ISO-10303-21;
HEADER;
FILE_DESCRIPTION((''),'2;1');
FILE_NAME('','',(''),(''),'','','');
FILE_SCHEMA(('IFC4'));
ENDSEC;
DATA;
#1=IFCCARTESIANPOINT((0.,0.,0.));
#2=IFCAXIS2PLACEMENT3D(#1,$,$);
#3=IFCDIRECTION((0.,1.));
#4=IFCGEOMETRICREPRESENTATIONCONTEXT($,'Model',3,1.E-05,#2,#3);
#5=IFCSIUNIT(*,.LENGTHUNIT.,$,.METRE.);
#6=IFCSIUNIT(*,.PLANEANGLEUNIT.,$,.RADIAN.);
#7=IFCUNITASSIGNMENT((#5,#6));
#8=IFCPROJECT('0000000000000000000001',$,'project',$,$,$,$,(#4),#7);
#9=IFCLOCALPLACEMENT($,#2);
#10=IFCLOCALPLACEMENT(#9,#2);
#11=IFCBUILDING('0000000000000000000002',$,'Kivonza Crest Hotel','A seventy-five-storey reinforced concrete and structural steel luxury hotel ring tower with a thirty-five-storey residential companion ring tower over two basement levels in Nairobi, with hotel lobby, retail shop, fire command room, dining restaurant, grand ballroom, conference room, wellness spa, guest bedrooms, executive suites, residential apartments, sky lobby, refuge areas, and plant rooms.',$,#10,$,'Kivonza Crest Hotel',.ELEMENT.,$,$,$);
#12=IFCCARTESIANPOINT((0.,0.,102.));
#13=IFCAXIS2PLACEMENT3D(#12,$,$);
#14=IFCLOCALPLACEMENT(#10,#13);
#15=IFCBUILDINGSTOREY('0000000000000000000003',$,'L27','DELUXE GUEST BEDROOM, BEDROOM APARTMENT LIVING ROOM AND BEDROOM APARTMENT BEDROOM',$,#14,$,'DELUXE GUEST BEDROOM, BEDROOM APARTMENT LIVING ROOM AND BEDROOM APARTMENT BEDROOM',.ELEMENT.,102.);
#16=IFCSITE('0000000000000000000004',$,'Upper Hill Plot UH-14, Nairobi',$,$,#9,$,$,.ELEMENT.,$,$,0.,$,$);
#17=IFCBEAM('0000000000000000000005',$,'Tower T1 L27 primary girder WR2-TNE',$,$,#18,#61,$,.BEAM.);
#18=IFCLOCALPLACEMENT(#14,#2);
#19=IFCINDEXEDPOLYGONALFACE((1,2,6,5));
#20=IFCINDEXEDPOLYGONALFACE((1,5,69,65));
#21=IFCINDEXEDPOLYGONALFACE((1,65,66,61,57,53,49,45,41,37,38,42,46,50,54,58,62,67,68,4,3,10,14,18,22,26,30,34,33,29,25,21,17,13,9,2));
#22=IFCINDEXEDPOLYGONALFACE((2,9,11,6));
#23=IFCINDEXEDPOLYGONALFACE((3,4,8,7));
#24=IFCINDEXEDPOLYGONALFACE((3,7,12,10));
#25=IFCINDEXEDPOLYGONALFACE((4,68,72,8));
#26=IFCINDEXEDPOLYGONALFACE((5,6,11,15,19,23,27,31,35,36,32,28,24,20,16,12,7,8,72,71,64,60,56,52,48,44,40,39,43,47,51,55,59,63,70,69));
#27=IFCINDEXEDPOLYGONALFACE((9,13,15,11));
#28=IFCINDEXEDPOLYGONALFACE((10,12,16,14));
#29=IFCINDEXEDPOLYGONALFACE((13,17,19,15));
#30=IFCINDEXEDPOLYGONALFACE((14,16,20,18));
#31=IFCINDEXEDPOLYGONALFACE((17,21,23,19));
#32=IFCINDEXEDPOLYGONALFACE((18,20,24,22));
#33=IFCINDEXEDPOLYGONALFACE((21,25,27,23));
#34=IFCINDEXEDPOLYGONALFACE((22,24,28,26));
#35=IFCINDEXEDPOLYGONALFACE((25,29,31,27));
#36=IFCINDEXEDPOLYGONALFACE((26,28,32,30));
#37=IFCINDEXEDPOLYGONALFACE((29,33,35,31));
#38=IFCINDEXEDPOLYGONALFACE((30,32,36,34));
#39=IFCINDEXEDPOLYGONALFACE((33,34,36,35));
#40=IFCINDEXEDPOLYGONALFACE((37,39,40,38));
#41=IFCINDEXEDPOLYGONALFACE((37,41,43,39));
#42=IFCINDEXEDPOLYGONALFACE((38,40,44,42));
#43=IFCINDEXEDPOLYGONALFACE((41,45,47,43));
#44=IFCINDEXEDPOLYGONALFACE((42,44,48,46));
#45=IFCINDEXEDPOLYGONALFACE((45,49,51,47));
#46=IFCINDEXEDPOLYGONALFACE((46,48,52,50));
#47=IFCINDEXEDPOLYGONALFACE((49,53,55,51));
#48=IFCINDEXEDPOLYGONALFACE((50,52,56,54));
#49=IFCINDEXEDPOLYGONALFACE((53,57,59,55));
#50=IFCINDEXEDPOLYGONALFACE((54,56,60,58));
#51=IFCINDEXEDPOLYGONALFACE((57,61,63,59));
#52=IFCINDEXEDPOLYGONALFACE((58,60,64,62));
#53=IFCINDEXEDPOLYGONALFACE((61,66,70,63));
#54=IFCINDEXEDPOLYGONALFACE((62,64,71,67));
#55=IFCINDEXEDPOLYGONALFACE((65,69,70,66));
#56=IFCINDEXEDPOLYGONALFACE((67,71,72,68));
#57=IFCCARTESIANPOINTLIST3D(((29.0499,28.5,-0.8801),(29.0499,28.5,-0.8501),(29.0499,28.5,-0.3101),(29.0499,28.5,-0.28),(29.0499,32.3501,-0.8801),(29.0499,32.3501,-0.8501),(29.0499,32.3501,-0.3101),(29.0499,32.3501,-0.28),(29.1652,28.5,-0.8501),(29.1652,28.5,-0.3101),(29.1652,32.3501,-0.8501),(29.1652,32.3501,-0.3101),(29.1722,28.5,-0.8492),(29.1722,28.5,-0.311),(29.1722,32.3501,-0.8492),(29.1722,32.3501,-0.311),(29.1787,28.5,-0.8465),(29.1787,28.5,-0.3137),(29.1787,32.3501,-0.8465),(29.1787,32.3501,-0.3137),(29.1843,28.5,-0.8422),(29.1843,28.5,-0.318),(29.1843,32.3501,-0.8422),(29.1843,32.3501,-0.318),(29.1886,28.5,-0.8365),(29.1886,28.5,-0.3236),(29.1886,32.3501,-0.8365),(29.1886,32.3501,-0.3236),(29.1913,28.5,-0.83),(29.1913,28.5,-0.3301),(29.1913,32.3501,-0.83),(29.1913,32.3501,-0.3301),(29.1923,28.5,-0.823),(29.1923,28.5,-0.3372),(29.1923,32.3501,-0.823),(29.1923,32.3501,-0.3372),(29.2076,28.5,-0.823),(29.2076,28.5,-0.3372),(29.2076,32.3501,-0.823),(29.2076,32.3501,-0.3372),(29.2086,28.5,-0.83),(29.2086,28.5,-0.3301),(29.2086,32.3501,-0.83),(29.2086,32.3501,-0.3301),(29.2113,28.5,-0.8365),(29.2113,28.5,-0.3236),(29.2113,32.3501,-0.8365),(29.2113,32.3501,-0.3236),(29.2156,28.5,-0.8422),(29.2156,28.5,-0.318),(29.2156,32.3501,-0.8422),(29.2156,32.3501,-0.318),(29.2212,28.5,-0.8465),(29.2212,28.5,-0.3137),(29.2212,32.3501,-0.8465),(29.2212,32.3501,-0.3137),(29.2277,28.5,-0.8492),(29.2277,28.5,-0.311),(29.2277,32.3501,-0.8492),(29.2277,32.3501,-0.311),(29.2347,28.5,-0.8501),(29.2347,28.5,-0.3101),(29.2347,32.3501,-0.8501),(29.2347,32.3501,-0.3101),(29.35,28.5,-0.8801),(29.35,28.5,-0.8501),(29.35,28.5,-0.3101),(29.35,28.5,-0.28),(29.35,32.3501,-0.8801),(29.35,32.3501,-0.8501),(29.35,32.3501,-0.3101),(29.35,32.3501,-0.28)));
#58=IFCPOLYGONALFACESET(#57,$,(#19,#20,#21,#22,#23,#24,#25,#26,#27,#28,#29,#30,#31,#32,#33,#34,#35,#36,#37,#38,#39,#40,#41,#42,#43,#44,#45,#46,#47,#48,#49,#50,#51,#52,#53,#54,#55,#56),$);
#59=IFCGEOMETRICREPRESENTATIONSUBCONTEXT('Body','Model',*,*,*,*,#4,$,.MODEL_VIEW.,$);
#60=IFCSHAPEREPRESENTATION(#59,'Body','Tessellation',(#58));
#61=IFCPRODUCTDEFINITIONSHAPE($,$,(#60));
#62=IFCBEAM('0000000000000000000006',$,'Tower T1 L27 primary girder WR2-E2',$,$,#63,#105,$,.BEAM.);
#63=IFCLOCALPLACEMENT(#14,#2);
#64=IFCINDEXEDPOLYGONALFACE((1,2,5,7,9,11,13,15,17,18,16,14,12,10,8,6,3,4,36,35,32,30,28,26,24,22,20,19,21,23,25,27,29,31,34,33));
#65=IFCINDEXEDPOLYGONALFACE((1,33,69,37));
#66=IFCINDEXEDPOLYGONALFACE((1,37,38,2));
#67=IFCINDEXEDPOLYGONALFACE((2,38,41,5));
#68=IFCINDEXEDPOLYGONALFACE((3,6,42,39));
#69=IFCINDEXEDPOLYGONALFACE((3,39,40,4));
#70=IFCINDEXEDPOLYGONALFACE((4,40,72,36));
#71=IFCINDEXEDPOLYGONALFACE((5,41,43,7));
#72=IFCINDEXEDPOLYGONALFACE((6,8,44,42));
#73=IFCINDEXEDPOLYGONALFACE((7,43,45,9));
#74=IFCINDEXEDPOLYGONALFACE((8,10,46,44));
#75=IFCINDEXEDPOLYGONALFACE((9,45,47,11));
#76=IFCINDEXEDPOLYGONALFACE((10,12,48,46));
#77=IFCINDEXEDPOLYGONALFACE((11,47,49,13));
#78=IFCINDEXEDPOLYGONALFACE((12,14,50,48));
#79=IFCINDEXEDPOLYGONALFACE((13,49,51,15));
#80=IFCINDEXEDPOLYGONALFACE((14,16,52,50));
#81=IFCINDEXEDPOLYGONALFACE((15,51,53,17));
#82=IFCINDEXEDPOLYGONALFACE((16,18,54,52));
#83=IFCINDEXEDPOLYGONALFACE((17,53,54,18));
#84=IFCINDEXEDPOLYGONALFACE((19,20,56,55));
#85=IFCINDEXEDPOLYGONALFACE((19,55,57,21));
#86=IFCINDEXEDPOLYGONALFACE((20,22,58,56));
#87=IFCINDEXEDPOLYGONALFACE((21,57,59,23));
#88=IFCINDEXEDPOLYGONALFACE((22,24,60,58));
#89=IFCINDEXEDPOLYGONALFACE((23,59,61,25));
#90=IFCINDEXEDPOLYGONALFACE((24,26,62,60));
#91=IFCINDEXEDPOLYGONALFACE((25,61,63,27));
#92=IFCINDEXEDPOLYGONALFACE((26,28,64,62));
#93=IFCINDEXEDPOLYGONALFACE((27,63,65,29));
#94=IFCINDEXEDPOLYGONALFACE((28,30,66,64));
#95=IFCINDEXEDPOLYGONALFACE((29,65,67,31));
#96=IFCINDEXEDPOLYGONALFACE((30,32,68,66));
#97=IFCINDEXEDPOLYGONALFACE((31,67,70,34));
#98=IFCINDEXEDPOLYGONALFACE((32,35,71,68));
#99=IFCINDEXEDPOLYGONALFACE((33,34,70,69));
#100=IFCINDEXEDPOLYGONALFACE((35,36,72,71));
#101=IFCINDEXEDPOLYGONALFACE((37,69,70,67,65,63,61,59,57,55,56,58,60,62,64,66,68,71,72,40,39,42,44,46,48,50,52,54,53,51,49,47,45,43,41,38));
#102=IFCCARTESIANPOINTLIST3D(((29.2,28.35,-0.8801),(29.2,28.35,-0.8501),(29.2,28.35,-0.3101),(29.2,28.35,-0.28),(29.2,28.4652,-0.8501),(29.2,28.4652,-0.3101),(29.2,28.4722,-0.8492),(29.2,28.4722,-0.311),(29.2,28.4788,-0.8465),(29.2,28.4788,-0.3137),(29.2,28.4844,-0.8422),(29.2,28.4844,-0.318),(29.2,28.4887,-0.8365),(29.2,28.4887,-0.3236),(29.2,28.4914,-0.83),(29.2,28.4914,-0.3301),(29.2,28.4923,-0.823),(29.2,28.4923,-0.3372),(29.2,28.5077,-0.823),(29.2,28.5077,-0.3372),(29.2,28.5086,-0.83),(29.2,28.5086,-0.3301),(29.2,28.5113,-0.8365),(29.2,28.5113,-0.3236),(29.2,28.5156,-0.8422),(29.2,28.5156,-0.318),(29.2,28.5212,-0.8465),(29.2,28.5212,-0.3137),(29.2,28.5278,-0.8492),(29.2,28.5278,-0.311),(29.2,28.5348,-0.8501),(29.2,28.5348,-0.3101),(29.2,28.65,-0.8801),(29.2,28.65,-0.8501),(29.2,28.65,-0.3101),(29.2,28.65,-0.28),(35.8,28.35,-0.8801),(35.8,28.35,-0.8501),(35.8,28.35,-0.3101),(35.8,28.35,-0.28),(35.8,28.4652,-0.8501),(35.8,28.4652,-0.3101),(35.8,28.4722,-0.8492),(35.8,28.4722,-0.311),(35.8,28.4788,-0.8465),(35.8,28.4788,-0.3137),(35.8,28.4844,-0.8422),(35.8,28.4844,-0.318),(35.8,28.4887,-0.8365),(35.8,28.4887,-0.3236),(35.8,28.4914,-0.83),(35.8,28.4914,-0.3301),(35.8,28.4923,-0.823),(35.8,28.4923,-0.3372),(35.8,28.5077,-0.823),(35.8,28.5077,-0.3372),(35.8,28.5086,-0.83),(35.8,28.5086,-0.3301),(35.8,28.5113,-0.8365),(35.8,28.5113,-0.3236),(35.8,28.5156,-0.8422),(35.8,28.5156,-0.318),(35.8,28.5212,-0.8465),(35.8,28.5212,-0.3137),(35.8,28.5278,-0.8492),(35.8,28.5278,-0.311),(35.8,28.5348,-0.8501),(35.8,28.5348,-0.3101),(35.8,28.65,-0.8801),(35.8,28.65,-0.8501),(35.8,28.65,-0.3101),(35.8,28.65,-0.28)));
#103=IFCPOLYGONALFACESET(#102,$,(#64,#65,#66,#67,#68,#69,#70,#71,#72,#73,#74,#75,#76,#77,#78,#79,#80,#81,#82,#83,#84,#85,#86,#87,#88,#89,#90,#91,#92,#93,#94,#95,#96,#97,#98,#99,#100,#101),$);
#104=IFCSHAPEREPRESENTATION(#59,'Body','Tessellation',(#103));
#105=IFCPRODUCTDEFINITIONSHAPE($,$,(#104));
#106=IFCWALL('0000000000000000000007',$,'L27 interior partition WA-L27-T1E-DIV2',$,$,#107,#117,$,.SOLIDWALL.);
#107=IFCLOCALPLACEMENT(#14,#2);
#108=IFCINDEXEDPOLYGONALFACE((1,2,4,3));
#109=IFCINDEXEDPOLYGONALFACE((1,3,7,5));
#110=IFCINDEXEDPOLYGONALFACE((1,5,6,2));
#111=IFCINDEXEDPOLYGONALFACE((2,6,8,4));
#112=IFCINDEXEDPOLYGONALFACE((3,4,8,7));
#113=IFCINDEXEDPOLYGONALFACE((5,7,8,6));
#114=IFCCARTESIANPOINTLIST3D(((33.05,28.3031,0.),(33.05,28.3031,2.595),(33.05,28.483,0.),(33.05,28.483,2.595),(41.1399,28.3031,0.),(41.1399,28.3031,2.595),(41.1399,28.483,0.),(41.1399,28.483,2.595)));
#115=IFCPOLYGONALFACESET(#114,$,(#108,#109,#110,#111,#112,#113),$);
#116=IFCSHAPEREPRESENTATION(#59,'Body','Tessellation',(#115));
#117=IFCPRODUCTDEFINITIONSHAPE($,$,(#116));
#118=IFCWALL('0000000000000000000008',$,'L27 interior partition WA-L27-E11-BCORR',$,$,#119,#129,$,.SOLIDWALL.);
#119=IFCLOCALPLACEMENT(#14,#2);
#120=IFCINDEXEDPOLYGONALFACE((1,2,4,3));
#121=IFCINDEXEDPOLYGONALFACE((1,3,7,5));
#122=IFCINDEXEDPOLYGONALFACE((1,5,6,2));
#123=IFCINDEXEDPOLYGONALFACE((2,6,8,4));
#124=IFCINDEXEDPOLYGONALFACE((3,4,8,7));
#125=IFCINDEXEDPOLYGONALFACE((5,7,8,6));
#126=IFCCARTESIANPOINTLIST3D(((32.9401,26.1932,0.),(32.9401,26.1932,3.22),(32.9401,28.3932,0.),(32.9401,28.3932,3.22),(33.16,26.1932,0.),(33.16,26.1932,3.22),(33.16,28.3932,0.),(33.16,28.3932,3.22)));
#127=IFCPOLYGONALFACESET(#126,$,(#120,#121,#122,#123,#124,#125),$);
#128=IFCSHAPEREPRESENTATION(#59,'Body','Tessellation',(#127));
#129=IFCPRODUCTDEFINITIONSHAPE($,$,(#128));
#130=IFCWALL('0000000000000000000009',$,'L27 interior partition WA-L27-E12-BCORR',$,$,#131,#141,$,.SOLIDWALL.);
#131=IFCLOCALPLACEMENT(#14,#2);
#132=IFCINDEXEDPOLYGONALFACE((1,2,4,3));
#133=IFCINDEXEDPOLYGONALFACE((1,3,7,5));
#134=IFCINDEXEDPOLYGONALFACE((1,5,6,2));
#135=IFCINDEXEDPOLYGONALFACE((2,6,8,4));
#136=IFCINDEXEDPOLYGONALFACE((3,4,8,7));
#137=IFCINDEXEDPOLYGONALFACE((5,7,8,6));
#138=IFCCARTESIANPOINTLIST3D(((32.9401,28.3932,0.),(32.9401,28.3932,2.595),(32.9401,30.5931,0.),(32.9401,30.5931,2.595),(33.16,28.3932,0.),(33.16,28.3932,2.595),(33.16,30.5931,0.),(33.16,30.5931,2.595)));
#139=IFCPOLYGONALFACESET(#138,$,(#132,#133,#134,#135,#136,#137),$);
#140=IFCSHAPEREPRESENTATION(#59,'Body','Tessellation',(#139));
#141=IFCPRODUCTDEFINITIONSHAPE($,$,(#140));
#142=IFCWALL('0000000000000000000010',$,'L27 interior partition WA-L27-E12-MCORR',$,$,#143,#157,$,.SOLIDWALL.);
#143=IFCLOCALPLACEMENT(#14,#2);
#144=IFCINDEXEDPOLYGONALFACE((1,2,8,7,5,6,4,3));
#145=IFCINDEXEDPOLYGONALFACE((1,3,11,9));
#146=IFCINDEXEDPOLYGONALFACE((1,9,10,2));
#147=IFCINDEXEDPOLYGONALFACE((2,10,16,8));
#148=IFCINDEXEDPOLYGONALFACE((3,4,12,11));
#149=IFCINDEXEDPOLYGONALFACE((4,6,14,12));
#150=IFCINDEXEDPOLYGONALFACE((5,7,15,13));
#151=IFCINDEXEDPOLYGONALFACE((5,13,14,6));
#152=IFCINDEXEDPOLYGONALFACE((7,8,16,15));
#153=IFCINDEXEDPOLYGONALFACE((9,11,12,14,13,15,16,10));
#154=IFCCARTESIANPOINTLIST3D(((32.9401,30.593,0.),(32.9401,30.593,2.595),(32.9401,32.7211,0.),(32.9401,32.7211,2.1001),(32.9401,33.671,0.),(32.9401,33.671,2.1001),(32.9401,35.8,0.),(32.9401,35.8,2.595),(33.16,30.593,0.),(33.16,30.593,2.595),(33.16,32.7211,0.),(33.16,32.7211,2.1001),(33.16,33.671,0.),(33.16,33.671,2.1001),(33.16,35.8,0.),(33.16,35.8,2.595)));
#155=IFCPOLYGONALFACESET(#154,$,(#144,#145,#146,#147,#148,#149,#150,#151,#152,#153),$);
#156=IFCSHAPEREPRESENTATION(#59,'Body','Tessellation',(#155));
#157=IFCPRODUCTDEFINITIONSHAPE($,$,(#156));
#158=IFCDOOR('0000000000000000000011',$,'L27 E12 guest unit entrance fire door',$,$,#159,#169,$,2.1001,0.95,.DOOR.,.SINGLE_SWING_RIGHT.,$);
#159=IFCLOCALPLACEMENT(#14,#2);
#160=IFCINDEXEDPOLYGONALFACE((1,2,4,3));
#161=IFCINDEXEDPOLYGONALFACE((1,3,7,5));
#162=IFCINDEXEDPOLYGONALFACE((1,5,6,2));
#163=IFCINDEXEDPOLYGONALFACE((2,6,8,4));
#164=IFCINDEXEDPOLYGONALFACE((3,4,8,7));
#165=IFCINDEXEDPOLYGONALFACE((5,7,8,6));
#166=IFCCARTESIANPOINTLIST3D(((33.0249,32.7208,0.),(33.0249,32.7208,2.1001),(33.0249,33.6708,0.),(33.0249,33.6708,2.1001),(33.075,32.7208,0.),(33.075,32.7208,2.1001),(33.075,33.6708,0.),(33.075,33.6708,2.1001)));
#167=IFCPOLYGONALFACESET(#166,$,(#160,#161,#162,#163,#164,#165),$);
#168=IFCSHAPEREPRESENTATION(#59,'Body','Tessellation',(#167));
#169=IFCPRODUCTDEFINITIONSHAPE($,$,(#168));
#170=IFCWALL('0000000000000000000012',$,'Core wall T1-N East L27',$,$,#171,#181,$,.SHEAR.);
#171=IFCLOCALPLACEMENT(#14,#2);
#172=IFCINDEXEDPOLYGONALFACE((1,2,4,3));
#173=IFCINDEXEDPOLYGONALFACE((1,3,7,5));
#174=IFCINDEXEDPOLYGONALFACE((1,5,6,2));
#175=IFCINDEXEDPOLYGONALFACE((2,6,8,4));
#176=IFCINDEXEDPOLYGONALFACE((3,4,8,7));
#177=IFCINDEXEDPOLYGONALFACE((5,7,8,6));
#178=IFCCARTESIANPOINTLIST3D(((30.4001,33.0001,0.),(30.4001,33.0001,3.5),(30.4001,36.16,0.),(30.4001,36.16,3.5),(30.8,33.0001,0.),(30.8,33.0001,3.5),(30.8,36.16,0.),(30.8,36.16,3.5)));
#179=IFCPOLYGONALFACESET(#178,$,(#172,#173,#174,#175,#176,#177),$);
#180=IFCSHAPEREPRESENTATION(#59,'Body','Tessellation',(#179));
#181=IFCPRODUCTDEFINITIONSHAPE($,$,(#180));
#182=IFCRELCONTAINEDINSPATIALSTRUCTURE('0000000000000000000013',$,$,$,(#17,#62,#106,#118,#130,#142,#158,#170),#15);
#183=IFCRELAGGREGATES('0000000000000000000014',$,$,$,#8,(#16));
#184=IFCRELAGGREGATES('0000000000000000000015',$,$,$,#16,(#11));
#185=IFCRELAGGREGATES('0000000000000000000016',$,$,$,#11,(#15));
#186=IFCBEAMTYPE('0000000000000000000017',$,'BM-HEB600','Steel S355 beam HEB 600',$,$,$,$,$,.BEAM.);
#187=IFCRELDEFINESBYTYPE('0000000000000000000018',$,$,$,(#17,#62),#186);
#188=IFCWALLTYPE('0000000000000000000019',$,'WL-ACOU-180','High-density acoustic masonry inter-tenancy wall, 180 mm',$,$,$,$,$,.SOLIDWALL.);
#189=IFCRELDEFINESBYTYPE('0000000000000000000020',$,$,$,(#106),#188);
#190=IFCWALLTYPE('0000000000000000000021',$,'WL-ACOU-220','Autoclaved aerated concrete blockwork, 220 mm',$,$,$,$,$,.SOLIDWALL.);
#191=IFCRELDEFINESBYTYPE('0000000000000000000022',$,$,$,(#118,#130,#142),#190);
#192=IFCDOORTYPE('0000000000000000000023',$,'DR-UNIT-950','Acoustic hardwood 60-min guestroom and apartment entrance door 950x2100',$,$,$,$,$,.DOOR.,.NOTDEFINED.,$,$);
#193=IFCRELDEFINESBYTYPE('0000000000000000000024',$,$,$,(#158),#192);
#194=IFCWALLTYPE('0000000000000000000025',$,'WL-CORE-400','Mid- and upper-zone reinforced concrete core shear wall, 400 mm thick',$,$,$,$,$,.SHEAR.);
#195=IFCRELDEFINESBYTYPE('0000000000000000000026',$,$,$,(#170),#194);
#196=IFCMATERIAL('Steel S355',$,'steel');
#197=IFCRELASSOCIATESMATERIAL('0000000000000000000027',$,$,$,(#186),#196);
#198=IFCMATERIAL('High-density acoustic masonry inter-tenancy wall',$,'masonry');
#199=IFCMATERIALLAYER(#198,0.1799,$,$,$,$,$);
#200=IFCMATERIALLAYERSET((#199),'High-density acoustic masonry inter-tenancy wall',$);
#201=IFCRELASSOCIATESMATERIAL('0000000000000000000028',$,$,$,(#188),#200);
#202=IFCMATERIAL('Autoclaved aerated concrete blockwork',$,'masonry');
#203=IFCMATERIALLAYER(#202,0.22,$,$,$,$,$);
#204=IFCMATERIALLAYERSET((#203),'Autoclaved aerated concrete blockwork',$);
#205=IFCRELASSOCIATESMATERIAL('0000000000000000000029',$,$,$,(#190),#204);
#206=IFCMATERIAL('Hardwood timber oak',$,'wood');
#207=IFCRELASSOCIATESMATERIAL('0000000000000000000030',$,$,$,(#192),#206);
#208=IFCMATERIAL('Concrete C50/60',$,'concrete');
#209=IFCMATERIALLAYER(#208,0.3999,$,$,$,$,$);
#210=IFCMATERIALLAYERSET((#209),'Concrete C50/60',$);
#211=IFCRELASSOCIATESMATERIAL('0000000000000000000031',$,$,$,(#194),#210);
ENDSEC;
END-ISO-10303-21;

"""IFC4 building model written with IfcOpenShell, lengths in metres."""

from ifc_helpers import new_model, si_unit, direction, frame, frame_2d, origin, origin_2d, place, context, subcontext, project, spatial, rectangle, i_section, extrude, material, layer, layer_set, material_profile, profile_set, type_object, element, fill, save


model = new_model("IFC4")

# Units and contexts
model_context = context("Model", 3, precision=1e-05, world=origin(), true_north=direction((0.0, 1.0)))
body_context = subcontext(model_context, "Body", "Model", "MODEL_VIEW")
ifc_project = project(units=[si_unit("LENGTHUNIT", "METRE"), si_unit("PLANEANGLEUNIT", "RADIAN")], contexts=[model_context])

# Site, building, storey
site_placement = place(None, origin())
site = spatial("IfcSite", under=ifc_project, at=site_placement, Name="Upper Hill Plot UH-14, Nairobi", CompositionType="ELEMENT", RefElevation=0.0)
building_placement = place(site_placement, origin())
building = spatial("IfcBuilding", under=site, at=building_placement, Name="Kivonza Crest Hotel", Description="A seventy-five-storey reinforced concrete and structural steel luxury hotel ring tower with a thirty-five-storey residential companion ring tower over two basement levels in Nairobi, with hotel lobby, retail shop, fire command room, dining restaurant, grand ballroom, conference room, wellness spa, guest bedrooms, executive suites, residential apartments, sky lobby, refuge areas, and plant rooms.", LongName="Kivonza Crest Hotel", CompositionType="ELEMENT")
storey_placement = place(building_placement, frame((0.0, 0.0, 102.0)))
storey = spatial("IfcBuildingStorey", under=building, at=storey_placement, Name="L27", Description="DELUXE GUEST BEDROOM, BEDROOM APARTMENT LIVING ROOM AND BEDROOM APARTMENT BEDROOM", LongName="DELUXE GUEST BEDROOM, BEDROOM APARTMENT LIVING ROOM AND BEDROOM APARTMENT BEDROOM", CompositionType="ELEMENT", Elevation=102.0)

# Shared definitions
ifc_material_1 = material(Name="Concrete C50/60", Category="concrete")

# Beams
ifc_material_2 = material(Name="Steel S355", Category="steel")
ifc_material_profile_1 = material_profile(ifc_material_2, i_section(OverallWidth=0.3, OverallDepth=0.6001, WebThickness=0.0154, FlangeThickness=0.03, FilletRadius=0.0271, at=origin_2d()), Name="HEB 600")
ifc_profile_set_1 = profile_set([ifc_material_profile_1], Name="Steel S355")
beam_type_1 = type_object("IfcBeamType", Name="BM-HEB600", Description="Steel S355 beam HEB 600", PredefinedType="BEAM", material=ifc_profile_set_1)
beam_1_placement = place(storey_placement, frame((29.2, 28.5, -0.5801), z_axis=(0.0, 1.0, 0.0), x_axis=(-1.0, 0.0, 0.0)))
element("IfcBeam", 1, at=beam_1_placement, inside=storey, type_object=beam_type_1, Name="Tower T1 L27 primary girder WR2-TNE", PredefinedType="BEAM", context=body_context, shape_type="SweptSolid", body=[
    extrude(i_section(OverallWidth=0.3, OverallDepth=0.6001, WebThickness=0.0154, FlangeThickness=0.03, FilletRadius=0.0271, at=origin_2d()), origin(), (0.0, 0.0, 1.0), 3.8501),
])
beam_2_placement = place(storey_placement, frame((29.2, 28.5, -0.5801), z_axis=(1.0, 0.0, 0.0), x_axis=(0.0, 1.0, 0.0)))
element("IfcBeam", 2, at=beam_2_placement, inside=storey, type_object=beam_type_1, Name="Tower T1 L27 primary girder WR2-E2", PredefinedType="BEAM", context=body_context, shape_type="SweptSolid", body=[
    extrude(i_section(OverallWidth=0.3, OverallDepth=0.6001, WebThickness=0.0154, FlangeThickness=0.03, FilletRadius=0.0271, at=origin_2d()), origin(), (0.0, 0.0, 1.0), 6.6001),
])

# Walls
ifc_material_3 = material(Name="High-density acoustic masonry inter-tenancy wall", Category="masonry")
ifc_layer_1 = layer(ifc_material_3, 0.1799)
ifc_layer_set_1 = layer_set([ifc_layer_1], Name="High-density acoustic masonry inter-tenancy wall")
wall_type_1 = type_object("IfcWallType", Name="WL-ACOU-180", Description="High-density acoustic masonry inter-tenancy wall, 180 mm", PredefinedType="SOLIDWALL", material=ifc_layer_set_1)
wall_1_placement = place(storey_placement, frame((33.05, 28.3931, 0.0), z_axis=(0.0, 0.0, 1.0), x_axis=(1.0, 0.0, 0.0)))
element("IfcWall", 3, at=wall_1_placement, inside=storey, type_object=wall_type_1, Name="L27 interior partition WA-L27-T1E-DIV2", PredefinedType="SOLIDWALL", context=body_context, shape_type="SweptSolid", body=[
    extrude(rectangle(XDim=8.0898, YDim=0.1799, at=frame_2d((4.0449, 0.0))), origin(), (0.0, 0.0, 1.0), 2.595),
])
ifc_material_4 = material(Name="Autoclaved aerated concrete blockwork", Category="masonry")
ifc_layer_2 = layer(ifc_material_4, 0.22)
ifc_layer_set_2 = layer_set([ifc_layer_2], Name="Autoclaved aerated concrete blockwork")
wall_type_2 = type_object("IfcWallType", Name="WL-ACOU-220", Description="Autoclaved aerated concrete blockwork, 220 mm", PredefinedType="SOLIDWALL", material=ifc_layer_set_2)
wall_2_placement = place(storey_placement, frame((33.05, 26.1931, 0.0), z_axis=(0.0, 0.0, 1.0), x_axis=(0.0, 1.0, 0.0)))
element("IfcWall", 4, at=wall_2_placement, inside=storey, type_object=wall_type_2, Name="L27 interior partition WA-L27-E11-BCORR", PredefinedType="SOLIDWALL", context=body_context, shape_type="SweptSolid", body=[
    extrude(rectangle(XDim=2.2, YDim=0.22, at=frame_2d((1.1001, 0.0))), origin(), (0.0, 0.0, 1.0), 3.22),
])
wall_3_placement = place(storey_placement, frame((33.05, 28.3931, 0.0), z_axis=(0.0, 0.0, 1.0), x_axis=(0.0, 1.0, 0.0)))
element("IfcWall", 5, at=wall_3_placement, inside=storey, type_object=wall_type_2, Name="L27 interior partition WA-L27-E12-BCORR", PredefinedType="SOLIDWALL", context=body_context, shape_type="SweptSolid", body=[
    extrude(rectangle(XDim=2.2, YDim=0.22, at=frame_2d((1.1001, 0.0))), origin(), (0.0, 0.0, 1.0), 2.595),
])

# Wall, opening, door
wall_4_placement = place(storey_placement, frame((33.05, 30.593, 0.0), z_axis=(0.0, 0.0, 1.0), x_axis=(0.0, 1.0, 0.0)))
wall_4 = element("IfcWall", 6, at=wall_4_placement, inside=storey, type_object=wall_type_2, Name="L27 interior partition WA-L27-E12-MCORR", PredefinedType="SOLIDWALL", context=body_context, shape_type="SweptSolid", body=[
    extrude(rectangle(XDim=5.207, YDim=0.22, at=frame_2d((2.6035, 0.0))), origin(), (0.0, 0.0, 1.0), 2.595),
])
opening_1_placement = place(wall_4_placement, frame((2.1279, 0.0, 0.0)))
opening_1 = element("IfcOpeningElement", 7, at=opening_1_placement, cuts=wall_4, PredefinedType="OPENING", context=body_context, shape_type="SweptSolid", body=[
    extrude(rectangle(XDim=0.95, YDim=2.1001, at=frame_2d((0.4751, 1.05))), frame((0.0, 0.1201, 0.0), z_axis=(0.0, -1.0, 0.0), x_axis=(1.0, 0.0, 0.0)), (0.0, 0.0, 1.0), 0.24),
])
ifc_material_5 = material(Name="Hardwood timber oak", Category="wood")
door_type_1 = type_object("IfcDoorType", Name="DR-UNIT-950", Description="Acoustic hardwood 60-min guestroom and apartment entrance door 950x2100", OperationType="NOTDEFINED", PredefinedType="DOOR", material=ifc_material_5)
door_1_placement = place(opening_1_placement, frame((0.95, 0.0, 0.0), z_axis=(0.0, 0.0, 1.0), x_axis=(-1.0, 0.0, 0.0)))
door_1 = element("IfcDoor", 8, at=door_1_placement, inside=storey, type_object=door_type_1, Name="L27 E12 guest unit entrance fire door", OperationType="SINGLE_SWING_RIGHT", OverallHeight=2.1001, OverallWidth=0.95, PredefinedType="DOOR", context=body_context, shape_type="SweptSolid", body=[
    extrude(rectangle(XDim=0.95, YDim=2.1001, at=frame_2d((0.4751, 1.05))), frame((0.0, 0.0249, 0.0), z_axis=(0.0, -1.0, 0.0), x_axis=(1.0, 0.0, 0.0)), (0.0, 0.0, 1.0), 0.05),
])
fill(opening_1, door_1)

# Wall
ifc_layer_3 = layer(ifc_material_1, 0.3999)
ifc_layer_set_3 = layer_set([ifc_layer_3], Name="Concrete C50/60")
wall_type_3 = type_object("IfcWallType", Name="WL-CORE-400", Description="Mid- and upper-zone reinforced concrete core shear wall, 400 mm thick", PredefinedType="SHEAR", material=ifc_layer_set_3)
wall_5_placement = place(storey_placement, frame((30.6001, 33.0, 0.0), z_axis=(0.0, 0.0, 1.0), x_axis=(0.0, 1.0, 0.0)))
element("IfcWall", 9, at=wall_5_placement, inside=storey, type_object=wall_type_3, Name="Core wall T1-N East L27", PredefinedType="SHEAR", context=body_context, shape_type="SweptSolid", body=[
    extrude(rectangle(XDim=3.1599, YDim=0.3999, at=frame_2d((1.5801, 0.0))), origin(), (0.0, 0.0, 1.0), 3.5),
])

save(model, "model.ifc")
